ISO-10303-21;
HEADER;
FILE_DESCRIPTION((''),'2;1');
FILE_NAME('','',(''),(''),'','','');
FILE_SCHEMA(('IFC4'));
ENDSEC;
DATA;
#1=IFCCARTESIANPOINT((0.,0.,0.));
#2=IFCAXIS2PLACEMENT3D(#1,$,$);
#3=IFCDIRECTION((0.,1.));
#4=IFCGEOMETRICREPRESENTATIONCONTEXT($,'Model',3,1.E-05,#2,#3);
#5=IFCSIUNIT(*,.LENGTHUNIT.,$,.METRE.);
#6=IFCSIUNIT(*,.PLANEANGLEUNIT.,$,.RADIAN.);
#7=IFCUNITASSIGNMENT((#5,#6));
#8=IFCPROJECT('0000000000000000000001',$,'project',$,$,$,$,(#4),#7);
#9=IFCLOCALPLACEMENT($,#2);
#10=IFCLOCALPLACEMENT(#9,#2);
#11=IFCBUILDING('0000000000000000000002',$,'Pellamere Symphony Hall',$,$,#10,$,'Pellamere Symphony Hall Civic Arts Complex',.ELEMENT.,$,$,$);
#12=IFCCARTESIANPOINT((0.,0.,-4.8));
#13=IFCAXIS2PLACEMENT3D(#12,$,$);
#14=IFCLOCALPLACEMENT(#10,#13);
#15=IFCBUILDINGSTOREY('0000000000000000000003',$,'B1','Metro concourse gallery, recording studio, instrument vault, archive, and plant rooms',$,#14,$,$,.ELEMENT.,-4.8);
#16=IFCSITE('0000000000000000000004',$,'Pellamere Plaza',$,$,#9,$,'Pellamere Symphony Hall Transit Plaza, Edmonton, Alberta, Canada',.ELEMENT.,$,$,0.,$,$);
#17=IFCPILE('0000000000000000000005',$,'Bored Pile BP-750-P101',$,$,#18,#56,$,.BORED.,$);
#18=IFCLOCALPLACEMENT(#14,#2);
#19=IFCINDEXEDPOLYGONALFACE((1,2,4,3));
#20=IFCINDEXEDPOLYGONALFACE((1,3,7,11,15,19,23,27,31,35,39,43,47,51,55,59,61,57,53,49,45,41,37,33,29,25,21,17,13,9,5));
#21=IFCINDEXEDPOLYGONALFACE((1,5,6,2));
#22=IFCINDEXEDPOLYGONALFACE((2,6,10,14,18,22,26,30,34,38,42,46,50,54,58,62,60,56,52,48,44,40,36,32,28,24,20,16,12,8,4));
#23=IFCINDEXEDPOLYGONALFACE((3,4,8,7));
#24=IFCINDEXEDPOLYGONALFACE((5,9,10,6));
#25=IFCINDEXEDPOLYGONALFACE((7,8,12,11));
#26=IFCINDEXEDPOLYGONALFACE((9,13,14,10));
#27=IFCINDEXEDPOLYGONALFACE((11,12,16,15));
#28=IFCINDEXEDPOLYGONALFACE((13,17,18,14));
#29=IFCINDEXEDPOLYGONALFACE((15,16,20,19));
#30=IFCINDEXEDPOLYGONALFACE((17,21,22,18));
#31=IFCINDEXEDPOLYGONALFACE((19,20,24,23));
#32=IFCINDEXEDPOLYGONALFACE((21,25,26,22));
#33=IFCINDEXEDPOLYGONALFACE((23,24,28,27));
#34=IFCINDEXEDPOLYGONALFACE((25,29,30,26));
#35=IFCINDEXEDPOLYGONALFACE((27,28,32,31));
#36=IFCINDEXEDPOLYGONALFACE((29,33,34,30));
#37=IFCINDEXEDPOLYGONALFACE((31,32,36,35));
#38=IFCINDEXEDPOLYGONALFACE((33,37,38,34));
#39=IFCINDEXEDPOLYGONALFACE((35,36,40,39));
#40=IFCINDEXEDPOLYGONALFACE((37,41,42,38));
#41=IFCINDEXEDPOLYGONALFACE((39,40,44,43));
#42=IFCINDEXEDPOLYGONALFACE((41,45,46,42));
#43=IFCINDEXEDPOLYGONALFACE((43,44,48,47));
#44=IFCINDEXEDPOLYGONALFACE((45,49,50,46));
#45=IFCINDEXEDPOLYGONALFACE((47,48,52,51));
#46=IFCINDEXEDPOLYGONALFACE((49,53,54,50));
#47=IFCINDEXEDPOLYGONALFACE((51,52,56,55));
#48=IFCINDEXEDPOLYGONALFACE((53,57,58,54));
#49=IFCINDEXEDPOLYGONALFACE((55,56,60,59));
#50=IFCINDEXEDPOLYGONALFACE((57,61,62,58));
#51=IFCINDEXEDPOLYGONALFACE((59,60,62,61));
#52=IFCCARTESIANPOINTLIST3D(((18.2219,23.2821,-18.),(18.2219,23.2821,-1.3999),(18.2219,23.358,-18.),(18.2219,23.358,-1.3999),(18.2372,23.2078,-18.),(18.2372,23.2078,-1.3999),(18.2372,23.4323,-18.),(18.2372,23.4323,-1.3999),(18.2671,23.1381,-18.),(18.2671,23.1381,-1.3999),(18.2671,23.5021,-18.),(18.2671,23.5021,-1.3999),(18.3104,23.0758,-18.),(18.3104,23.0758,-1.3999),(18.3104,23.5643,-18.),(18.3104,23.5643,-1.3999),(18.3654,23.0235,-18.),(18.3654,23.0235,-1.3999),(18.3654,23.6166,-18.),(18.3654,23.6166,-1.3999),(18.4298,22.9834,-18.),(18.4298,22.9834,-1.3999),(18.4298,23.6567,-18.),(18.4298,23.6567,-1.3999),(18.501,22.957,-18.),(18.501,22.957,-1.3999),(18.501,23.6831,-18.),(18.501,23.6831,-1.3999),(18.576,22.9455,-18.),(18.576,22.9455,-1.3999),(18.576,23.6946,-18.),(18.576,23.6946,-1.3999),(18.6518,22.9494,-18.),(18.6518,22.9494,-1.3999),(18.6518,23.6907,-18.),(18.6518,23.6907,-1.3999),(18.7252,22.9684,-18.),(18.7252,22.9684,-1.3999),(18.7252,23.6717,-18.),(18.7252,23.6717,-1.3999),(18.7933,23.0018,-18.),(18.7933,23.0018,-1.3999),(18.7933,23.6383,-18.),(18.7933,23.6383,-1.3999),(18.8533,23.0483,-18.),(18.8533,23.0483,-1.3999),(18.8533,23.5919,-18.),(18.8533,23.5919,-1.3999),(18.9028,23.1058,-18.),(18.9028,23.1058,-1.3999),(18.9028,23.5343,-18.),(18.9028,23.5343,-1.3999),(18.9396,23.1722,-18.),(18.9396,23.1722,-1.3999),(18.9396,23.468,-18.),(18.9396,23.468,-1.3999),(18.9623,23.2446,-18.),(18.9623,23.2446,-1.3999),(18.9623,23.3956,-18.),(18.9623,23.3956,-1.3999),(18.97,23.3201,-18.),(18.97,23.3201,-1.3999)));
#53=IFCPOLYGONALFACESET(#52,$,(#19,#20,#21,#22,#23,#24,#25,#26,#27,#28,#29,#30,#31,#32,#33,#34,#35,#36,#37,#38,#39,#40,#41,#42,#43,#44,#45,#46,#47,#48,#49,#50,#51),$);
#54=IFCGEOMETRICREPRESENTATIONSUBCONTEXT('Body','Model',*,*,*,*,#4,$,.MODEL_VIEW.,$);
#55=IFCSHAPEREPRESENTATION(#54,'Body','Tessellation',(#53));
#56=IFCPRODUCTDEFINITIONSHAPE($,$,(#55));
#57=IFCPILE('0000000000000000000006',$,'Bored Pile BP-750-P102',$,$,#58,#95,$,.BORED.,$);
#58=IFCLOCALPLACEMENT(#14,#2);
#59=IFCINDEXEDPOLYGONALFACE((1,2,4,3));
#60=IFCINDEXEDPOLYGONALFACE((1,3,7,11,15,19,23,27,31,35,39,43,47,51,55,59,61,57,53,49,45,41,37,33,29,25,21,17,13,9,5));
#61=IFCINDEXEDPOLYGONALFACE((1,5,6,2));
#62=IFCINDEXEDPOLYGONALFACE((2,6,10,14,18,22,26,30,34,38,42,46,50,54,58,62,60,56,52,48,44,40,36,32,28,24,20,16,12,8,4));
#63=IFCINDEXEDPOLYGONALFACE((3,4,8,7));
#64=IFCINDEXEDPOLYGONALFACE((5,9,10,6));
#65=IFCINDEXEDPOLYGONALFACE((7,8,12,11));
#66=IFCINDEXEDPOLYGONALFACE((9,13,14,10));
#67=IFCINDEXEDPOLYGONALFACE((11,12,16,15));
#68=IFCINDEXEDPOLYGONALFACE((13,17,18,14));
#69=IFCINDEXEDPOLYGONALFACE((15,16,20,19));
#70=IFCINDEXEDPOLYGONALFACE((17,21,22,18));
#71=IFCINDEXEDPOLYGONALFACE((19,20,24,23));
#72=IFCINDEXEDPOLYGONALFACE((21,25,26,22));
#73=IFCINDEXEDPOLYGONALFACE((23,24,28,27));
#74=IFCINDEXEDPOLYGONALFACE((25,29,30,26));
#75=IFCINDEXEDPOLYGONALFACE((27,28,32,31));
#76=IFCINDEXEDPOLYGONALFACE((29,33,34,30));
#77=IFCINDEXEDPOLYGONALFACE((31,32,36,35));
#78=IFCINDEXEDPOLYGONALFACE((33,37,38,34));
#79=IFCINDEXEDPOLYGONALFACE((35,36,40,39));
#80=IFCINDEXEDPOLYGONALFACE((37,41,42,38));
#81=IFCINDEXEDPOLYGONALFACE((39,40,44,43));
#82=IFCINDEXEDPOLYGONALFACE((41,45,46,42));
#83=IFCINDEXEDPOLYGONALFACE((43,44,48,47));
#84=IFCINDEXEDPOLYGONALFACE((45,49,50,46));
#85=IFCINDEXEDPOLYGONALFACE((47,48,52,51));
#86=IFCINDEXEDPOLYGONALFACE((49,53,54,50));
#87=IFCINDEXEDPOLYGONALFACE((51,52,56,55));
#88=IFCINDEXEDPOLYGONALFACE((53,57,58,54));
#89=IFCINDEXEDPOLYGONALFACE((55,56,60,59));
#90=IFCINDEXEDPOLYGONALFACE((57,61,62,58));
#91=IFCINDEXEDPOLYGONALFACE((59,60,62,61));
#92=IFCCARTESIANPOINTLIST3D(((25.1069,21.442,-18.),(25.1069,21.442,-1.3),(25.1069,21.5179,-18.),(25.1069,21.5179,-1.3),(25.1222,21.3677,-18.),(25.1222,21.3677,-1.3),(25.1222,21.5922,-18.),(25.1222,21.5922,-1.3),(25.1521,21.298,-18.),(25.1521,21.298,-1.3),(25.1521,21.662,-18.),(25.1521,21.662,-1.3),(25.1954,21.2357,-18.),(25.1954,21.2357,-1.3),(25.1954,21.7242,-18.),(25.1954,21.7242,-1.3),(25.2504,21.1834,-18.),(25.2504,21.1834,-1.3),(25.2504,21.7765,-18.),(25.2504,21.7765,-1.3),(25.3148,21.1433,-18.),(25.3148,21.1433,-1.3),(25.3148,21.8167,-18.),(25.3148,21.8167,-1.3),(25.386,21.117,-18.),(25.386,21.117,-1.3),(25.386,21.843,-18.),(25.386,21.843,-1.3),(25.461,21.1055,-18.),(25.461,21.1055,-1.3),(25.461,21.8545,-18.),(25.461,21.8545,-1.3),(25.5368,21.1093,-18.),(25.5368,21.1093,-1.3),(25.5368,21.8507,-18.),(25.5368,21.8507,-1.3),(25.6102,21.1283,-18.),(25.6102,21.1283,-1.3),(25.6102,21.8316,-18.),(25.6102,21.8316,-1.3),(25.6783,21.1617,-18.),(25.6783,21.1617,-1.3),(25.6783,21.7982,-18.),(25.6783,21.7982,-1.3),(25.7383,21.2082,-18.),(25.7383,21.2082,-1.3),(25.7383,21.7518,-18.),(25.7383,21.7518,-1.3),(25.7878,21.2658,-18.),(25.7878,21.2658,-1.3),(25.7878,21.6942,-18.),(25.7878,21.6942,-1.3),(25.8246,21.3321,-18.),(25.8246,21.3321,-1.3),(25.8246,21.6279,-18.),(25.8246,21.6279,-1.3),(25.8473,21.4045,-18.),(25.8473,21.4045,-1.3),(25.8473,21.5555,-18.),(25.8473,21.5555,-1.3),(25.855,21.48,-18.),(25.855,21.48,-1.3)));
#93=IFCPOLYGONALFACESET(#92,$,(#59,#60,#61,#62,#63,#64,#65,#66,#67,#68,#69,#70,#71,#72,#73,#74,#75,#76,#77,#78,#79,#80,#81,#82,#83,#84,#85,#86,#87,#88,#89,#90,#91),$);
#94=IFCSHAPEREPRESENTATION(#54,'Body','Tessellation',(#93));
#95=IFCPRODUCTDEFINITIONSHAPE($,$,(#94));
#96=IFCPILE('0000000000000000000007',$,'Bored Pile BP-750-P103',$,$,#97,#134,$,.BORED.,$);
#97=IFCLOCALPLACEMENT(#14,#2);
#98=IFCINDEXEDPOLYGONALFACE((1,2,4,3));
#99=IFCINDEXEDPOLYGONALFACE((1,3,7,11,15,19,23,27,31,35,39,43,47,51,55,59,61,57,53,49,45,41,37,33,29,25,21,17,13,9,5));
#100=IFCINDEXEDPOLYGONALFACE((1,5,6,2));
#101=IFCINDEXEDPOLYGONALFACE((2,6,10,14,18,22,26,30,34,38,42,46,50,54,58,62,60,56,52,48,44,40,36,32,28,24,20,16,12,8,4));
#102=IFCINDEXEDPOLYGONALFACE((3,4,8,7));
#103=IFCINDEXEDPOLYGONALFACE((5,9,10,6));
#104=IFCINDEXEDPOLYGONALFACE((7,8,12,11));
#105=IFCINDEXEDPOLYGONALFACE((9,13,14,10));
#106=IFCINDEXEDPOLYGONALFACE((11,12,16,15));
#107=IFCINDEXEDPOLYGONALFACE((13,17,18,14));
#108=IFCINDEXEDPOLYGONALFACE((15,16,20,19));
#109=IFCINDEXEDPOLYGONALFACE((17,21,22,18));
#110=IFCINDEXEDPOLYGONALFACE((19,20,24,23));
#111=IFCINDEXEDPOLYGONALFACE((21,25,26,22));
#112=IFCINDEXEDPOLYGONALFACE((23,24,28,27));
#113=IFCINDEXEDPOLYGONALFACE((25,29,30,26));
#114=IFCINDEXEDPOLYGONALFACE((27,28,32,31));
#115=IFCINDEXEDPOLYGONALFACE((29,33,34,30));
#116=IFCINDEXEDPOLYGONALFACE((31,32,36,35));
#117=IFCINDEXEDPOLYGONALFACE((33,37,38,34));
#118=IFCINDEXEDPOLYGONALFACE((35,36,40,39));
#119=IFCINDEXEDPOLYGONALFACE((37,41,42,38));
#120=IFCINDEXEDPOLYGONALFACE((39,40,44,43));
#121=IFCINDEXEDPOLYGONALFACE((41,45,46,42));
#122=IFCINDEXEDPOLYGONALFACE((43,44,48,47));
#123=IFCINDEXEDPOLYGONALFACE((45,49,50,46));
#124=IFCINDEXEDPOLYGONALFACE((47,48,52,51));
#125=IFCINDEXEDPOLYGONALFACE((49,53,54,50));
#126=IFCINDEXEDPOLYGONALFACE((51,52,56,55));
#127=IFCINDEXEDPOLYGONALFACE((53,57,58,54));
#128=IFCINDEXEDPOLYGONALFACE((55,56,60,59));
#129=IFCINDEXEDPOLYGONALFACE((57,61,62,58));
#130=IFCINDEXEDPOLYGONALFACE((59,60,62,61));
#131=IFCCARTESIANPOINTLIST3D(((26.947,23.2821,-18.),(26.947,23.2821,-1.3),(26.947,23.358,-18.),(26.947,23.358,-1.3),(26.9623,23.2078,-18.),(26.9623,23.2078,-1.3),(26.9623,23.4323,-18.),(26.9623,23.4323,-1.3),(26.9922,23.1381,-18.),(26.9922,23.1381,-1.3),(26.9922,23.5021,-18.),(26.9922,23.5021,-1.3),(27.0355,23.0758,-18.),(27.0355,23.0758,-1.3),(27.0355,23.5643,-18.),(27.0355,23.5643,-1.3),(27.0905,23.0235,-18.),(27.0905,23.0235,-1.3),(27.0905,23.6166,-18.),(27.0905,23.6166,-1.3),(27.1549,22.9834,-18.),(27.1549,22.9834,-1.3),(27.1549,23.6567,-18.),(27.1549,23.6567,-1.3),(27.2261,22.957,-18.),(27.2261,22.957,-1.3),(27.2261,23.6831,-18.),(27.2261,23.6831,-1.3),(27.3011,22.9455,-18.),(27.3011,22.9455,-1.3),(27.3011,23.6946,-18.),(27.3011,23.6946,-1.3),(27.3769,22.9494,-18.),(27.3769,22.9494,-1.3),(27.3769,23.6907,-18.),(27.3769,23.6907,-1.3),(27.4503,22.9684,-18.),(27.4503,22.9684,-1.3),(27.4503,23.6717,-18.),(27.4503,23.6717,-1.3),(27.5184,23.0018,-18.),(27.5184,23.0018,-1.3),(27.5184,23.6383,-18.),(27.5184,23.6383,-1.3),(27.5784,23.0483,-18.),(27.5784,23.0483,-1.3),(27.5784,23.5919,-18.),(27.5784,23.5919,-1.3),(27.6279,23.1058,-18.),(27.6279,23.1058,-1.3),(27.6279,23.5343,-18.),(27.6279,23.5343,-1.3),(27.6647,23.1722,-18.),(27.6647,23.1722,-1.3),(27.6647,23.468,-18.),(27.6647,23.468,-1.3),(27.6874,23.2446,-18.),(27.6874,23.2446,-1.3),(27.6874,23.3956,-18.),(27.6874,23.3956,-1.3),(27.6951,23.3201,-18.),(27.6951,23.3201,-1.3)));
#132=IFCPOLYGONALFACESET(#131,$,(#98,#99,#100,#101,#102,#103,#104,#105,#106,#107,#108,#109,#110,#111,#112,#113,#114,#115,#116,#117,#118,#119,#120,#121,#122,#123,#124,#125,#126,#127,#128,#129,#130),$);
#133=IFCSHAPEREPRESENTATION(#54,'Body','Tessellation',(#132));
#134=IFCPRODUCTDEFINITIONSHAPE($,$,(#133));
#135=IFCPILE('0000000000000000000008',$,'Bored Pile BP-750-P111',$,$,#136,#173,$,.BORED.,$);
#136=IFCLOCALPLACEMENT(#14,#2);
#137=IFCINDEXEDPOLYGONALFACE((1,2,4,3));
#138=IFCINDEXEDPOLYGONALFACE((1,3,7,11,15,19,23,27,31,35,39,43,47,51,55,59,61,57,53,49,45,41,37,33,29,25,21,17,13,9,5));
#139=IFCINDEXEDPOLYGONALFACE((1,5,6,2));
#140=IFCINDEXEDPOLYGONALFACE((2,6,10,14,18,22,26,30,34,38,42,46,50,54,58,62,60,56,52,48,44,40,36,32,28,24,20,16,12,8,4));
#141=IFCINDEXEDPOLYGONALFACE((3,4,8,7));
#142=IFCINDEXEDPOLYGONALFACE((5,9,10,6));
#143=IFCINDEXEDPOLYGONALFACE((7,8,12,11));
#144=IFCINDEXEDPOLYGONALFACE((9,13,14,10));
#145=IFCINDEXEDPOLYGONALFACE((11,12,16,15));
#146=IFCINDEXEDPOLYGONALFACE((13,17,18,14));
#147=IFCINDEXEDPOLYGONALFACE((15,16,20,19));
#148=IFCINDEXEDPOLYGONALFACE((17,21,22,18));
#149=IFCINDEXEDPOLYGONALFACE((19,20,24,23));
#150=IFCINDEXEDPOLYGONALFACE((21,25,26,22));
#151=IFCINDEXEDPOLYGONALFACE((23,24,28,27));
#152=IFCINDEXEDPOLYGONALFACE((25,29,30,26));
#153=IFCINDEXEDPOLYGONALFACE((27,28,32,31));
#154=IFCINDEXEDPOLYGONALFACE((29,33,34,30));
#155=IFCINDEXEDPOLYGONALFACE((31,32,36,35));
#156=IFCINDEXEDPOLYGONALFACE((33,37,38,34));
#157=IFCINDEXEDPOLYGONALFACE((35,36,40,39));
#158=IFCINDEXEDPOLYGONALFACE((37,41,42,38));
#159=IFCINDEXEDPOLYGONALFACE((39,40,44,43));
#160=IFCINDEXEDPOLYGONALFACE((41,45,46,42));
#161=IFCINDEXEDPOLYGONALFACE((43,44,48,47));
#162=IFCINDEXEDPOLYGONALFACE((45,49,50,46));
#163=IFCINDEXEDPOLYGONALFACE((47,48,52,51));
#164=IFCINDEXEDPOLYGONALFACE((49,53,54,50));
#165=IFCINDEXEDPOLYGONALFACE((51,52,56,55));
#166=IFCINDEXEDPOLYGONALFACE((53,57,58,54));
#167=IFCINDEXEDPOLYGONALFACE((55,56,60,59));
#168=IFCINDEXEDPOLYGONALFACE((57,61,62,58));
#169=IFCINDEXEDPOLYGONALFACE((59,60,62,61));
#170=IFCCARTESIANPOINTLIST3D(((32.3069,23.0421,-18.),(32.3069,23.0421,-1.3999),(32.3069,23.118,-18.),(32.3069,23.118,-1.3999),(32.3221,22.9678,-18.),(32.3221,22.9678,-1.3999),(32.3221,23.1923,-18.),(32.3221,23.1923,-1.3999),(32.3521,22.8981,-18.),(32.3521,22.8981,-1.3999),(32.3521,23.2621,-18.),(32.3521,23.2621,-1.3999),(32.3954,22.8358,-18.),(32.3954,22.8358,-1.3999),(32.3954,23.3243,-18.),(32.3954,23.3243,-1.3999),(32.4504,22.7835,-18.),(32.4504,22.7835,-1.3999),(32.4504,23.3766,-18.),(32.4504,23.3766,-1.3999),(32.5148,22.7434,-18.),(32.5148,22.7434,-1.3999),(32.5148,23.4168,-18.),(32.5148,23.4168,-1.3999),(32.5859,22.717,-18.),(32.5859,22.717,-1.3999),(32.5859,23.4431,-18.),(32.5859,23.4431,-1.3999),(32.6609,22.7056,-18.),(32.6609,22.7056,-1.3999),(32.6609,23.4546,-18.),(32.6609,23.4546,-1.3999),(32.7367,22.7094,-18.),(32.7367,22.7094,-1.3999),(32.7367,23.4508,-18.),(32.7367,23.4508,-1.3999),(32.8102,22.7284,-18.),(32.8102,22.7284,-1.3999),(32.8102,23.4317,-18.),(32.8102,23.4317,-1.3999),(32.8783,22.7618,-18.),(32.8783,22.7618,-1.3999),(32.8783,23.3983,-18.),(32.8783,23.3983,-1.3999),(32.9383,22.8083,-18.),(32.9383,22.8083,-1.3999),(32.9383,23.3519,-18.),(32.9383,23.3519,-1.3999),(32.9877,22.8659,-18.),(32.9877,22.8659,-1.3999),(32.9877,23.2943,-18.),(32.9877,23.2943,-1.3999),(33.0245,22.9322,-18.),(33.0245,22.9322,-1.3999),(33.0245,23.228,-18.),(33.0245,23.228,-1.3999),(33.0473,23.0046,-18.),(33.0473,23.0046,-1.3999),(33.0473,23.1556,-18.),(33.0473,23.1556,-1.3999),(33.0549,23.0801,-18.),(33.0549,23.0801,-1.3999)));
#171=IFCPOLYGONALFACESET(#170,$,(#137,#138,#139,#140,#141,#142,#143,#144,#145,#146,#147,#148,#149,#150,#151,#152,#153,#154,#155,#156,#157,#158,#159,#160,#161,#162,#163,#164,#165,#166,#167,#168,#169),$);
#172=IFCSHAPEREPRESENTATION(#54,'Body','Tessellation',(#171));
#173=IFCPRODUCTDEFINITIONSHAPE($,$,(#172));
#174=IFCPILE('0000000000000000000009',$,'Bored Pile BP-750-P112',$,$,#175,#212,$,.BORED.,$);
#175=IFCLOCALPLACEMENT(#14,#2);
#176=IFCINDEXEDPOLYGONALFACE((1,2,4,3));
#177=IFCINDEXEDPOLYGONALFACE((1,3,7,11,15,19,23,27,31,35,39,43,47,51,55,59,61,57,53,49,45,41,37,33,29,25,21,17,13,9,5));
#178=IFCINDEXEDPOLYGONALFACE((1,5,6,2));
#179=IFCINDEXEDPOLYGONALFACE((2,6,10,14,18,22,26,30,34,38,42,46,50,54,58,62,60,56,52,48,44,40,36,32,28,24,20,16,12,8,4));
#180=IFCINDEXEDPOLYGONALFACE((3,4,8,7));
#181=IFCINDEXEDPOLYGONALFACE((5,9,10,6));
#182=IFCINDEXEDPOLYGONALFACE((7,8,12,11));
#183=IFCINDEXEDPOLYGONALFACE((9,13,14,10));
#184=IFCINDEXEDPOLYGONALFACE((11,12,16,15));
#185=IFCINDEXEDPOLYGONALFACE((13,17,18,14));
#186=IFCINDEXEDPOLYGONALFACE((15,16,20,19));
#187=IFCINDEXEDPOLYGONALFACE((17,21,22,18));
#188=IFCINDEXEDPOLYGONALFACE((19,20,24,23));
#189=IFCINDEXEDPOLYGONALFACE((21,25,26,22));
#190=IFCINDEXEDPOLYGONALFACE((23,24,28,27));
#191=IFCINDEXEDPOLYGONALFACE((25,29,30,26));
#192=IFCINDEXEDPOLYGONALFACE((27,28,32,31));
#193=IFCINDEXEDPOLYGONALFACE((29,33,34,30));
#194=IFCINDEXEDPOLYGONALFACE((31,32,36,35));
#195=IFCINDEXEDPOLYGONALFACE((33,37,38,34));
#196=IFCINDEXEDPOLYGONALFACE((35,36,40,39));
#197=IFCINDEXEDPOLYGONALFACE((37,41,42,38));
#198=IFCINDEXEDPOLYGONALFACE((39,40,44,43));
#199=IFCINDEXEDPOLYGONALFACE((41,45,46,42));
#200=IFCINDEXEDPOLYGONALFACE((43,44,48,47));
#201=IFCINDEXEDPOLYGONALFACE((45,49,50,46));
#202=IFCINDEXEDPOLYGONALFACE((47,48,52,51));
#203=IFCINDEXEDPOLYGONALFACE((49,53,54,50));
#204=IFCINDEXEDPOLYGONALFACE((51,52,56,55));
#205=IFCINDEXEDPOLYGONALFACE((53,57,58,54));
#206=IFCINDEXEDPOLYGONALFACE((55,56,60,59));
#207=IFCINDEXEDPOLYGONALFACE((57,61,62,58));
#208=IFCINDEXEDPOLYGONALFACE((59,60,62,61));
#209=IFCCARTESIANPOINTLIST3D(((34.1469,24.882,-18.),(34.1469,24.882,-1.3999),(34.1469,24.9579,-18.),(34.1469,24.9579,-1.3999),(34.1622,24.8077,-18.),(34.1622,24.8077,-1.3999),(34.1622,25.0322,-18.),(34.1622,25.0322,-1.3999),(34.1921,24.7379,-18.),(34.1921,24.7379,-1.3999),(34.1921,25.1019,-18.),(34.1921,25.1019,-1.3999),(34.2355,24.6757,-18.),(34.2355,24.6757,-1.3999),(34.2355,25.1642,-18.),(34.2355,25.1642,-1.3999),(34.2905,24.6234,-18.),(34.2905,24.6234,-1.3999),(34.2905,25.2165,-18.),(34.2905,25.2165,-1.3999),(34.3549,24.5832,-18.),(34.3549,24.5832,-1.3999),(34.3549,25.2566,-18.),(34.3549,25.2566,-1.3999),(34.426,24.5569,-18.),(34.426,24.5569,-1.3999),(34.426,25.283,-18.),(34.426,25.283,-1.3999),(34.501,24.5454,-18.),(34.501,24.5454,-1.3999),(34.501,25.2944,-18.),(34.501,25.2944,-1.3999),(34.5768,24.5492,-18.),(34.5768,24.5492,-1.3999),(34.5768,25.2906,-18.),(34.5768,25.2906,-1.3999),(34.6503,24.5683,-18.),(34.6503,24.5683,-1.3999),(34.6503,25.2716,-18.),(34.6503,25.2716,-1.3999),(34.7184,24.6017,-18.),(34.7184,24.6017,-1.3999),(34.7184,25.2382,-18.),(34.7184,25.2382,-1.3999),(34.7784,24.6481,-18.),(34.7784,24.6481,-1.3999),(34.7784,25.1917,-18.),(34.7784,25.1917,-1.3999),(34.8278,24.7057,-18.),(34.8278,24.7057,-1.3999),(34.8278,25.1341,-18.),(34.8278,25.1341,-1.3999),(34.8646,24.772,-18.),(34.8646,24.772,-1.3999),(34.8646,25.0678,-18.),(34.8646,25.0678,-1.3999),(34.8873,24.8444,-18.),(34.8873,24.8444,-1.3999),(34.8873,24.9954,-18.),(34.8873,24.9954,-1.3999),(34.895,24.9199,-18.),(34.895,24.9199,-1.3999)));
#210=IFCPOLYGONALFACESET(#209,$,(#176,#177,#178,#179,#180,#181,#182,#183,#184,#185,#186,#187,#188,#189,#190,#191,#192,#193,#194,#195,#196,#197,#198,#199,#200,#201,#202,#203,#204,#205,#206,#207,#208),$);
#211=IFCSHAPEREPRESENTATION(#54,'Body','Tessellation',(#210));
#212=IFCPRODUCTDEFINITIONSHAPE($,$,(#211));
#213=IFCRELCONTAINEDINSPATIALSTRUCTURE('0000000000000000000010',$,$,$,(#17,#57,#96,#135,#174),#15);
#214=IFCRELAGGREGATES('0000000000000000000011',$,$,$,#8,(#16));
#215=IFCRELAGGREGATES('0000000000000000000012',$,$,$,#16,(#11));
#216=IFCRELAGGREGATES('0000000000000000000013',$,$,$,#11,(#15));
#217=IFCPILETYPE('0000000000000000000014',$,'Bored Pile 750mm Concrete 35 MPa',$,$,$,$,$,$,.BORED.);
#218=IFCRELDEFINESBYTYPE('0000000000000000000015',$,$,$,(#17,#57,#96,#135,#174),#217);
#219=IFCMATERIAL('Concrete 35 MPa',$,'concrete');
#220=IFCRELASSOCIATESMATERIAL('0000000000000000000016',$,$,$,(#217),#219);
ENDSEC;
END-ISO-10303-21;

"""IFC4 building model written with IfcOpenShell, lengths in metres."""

from ifc_helpers import new_model, si_unit, direction, frame, origin, origin_2d, place, context, subcontext, project, spatial, circle, extrude, material, material_profile, profile_set, type_object, element, save


model = new_model("IFC4")

# Units and contexts
model_context = context("Model", 3, precision=1e-05, world=origin(), true_north=direction((0.0, 1.0)))
body_context = subcontext(model_context, "Body", "Model", "MODEL_VIEW")
ifc_project = project(units=[si_unit("LENGTHUNIT", "METRE"), si_unit("PLANEANGLEUNIT", "RADIAN")], contexts=[model_context])

# Site, building, storey
site_placement = place(None, origin())
site = spatial("IfcSite", under=ifc_project, at=site_placement, Name="Pellamere Plaza", LongName="Pellamere Symphony Hall Transit Plaza, Edmonton, Alberta, Canada", CompositionType="ELEMENT", RefElevation=0.0)
building_placement = place(site_placement, origin())
building = spatial("IfcBuilding", under=site, at=building_placement, Name="Pellamere Symphony Hall", LongName="Pellamere Symphony Hall Civic Arts Complex", CompositionType="ELEMENT")
storey_placement = place(building_placement, frame((0.0, 0.0, -4.8)))
storey = spatial("IfcBuildingStorey", under=building, at=storey_placement, Name="B1", Description="Metro concourse gallery, recording studio, instrument vault, archive, and plant rooms", CompositionType="ELEMENT", Elevation=-4.8)

# Piles
ifc_material_1 = material(Name="Concrete 35 MPa", Category="concrete")
ifc_material_profile_1 = material_profile(ifc_material_1, circle(Radius=0.375, at=origin_2d()), Name="PILE D750")
ifc_profile_set_1 = profile_set([ifc_material_profile_1], Name="Concrete 35 MPa")
pile_type = type_object("IfcPileType", Name="Bored Pile 750mm Concrete 35 MPa", PredefinedType="BORED", material=ifc_profile_set_1)
pile_1_placement = place(storey_placement, frame((18.595, 23.3201, -1.3999), z_axis=(0.0, 0.0, -1.0), x_axis=(1.0, 0.0, 0.0)))
element("IfcPile", 1, at=pile_1_placement, inside=storey, type_object=pile_type, Name="Bored Pile BP-750-P101", PredefinedType="BORED", context=body_context, shape_type="SweptSolid", body=[
    extrude(circle(Radius=0.375, at=origin_2d()), origin(), (0.0, 0.0, 1.0), 16.6001),
])
for number, where, z_axis, x_axis, name in (
    (2, (25.48, 21.48, -1.3), (0.0, 0.0, -1.0), (1.0, 0.0, 0.0), "Bored Pile BP-750-P102"),
    (3, (27.3201, 23.3201, -1.3), (0.0, 0.0, -1.0), (1.0, 0.0, 0.0), "Bored Pile BP-750-P103"),
):
    element("IfcPile", number, at=place(storey_placement, frame(where, z_axis=z_axis, x_axis=x_axis)), inside=storey, type_object=pile_type, Name=name, PredefinedType="BORED", context=body_context, shape_type="SweptSolid", body=[
        extrude(circle(Radius=0.375, at=origin_2d()), origin(), (0.0, 0.0, 1.0), 16.7),
    ])
for number, where, z_axis, x_axis, name in (
    (4, (32.6799, 23.0801, -1.3999), (0.0, 0.0, -1.0), (1.0, 0.0, 0.0), "Bored Pile BP-750-P111"),
    (5, (34.52, 24.9199, -1.3999), (0.0, 0.0, -1.0), (1.0, 0.0, 0.0), "Bored Pile BP-750-P112"),
):
    element("IfcPile", number, at=place(storey_placement, frame(where, z_axis=z_axis, x_axis=x_axis)), inside=storey, type_object=pile_type, Name=name, PredefinedType="BORED", context=body_context, shape_type="SweptSolid", body=[
        extrude(circle(Radius=0.375, at=origin_2d()), origin(), (0.0, 0.0, 1.0), 16.6001),
    ])

save(model, "model.ifc")
